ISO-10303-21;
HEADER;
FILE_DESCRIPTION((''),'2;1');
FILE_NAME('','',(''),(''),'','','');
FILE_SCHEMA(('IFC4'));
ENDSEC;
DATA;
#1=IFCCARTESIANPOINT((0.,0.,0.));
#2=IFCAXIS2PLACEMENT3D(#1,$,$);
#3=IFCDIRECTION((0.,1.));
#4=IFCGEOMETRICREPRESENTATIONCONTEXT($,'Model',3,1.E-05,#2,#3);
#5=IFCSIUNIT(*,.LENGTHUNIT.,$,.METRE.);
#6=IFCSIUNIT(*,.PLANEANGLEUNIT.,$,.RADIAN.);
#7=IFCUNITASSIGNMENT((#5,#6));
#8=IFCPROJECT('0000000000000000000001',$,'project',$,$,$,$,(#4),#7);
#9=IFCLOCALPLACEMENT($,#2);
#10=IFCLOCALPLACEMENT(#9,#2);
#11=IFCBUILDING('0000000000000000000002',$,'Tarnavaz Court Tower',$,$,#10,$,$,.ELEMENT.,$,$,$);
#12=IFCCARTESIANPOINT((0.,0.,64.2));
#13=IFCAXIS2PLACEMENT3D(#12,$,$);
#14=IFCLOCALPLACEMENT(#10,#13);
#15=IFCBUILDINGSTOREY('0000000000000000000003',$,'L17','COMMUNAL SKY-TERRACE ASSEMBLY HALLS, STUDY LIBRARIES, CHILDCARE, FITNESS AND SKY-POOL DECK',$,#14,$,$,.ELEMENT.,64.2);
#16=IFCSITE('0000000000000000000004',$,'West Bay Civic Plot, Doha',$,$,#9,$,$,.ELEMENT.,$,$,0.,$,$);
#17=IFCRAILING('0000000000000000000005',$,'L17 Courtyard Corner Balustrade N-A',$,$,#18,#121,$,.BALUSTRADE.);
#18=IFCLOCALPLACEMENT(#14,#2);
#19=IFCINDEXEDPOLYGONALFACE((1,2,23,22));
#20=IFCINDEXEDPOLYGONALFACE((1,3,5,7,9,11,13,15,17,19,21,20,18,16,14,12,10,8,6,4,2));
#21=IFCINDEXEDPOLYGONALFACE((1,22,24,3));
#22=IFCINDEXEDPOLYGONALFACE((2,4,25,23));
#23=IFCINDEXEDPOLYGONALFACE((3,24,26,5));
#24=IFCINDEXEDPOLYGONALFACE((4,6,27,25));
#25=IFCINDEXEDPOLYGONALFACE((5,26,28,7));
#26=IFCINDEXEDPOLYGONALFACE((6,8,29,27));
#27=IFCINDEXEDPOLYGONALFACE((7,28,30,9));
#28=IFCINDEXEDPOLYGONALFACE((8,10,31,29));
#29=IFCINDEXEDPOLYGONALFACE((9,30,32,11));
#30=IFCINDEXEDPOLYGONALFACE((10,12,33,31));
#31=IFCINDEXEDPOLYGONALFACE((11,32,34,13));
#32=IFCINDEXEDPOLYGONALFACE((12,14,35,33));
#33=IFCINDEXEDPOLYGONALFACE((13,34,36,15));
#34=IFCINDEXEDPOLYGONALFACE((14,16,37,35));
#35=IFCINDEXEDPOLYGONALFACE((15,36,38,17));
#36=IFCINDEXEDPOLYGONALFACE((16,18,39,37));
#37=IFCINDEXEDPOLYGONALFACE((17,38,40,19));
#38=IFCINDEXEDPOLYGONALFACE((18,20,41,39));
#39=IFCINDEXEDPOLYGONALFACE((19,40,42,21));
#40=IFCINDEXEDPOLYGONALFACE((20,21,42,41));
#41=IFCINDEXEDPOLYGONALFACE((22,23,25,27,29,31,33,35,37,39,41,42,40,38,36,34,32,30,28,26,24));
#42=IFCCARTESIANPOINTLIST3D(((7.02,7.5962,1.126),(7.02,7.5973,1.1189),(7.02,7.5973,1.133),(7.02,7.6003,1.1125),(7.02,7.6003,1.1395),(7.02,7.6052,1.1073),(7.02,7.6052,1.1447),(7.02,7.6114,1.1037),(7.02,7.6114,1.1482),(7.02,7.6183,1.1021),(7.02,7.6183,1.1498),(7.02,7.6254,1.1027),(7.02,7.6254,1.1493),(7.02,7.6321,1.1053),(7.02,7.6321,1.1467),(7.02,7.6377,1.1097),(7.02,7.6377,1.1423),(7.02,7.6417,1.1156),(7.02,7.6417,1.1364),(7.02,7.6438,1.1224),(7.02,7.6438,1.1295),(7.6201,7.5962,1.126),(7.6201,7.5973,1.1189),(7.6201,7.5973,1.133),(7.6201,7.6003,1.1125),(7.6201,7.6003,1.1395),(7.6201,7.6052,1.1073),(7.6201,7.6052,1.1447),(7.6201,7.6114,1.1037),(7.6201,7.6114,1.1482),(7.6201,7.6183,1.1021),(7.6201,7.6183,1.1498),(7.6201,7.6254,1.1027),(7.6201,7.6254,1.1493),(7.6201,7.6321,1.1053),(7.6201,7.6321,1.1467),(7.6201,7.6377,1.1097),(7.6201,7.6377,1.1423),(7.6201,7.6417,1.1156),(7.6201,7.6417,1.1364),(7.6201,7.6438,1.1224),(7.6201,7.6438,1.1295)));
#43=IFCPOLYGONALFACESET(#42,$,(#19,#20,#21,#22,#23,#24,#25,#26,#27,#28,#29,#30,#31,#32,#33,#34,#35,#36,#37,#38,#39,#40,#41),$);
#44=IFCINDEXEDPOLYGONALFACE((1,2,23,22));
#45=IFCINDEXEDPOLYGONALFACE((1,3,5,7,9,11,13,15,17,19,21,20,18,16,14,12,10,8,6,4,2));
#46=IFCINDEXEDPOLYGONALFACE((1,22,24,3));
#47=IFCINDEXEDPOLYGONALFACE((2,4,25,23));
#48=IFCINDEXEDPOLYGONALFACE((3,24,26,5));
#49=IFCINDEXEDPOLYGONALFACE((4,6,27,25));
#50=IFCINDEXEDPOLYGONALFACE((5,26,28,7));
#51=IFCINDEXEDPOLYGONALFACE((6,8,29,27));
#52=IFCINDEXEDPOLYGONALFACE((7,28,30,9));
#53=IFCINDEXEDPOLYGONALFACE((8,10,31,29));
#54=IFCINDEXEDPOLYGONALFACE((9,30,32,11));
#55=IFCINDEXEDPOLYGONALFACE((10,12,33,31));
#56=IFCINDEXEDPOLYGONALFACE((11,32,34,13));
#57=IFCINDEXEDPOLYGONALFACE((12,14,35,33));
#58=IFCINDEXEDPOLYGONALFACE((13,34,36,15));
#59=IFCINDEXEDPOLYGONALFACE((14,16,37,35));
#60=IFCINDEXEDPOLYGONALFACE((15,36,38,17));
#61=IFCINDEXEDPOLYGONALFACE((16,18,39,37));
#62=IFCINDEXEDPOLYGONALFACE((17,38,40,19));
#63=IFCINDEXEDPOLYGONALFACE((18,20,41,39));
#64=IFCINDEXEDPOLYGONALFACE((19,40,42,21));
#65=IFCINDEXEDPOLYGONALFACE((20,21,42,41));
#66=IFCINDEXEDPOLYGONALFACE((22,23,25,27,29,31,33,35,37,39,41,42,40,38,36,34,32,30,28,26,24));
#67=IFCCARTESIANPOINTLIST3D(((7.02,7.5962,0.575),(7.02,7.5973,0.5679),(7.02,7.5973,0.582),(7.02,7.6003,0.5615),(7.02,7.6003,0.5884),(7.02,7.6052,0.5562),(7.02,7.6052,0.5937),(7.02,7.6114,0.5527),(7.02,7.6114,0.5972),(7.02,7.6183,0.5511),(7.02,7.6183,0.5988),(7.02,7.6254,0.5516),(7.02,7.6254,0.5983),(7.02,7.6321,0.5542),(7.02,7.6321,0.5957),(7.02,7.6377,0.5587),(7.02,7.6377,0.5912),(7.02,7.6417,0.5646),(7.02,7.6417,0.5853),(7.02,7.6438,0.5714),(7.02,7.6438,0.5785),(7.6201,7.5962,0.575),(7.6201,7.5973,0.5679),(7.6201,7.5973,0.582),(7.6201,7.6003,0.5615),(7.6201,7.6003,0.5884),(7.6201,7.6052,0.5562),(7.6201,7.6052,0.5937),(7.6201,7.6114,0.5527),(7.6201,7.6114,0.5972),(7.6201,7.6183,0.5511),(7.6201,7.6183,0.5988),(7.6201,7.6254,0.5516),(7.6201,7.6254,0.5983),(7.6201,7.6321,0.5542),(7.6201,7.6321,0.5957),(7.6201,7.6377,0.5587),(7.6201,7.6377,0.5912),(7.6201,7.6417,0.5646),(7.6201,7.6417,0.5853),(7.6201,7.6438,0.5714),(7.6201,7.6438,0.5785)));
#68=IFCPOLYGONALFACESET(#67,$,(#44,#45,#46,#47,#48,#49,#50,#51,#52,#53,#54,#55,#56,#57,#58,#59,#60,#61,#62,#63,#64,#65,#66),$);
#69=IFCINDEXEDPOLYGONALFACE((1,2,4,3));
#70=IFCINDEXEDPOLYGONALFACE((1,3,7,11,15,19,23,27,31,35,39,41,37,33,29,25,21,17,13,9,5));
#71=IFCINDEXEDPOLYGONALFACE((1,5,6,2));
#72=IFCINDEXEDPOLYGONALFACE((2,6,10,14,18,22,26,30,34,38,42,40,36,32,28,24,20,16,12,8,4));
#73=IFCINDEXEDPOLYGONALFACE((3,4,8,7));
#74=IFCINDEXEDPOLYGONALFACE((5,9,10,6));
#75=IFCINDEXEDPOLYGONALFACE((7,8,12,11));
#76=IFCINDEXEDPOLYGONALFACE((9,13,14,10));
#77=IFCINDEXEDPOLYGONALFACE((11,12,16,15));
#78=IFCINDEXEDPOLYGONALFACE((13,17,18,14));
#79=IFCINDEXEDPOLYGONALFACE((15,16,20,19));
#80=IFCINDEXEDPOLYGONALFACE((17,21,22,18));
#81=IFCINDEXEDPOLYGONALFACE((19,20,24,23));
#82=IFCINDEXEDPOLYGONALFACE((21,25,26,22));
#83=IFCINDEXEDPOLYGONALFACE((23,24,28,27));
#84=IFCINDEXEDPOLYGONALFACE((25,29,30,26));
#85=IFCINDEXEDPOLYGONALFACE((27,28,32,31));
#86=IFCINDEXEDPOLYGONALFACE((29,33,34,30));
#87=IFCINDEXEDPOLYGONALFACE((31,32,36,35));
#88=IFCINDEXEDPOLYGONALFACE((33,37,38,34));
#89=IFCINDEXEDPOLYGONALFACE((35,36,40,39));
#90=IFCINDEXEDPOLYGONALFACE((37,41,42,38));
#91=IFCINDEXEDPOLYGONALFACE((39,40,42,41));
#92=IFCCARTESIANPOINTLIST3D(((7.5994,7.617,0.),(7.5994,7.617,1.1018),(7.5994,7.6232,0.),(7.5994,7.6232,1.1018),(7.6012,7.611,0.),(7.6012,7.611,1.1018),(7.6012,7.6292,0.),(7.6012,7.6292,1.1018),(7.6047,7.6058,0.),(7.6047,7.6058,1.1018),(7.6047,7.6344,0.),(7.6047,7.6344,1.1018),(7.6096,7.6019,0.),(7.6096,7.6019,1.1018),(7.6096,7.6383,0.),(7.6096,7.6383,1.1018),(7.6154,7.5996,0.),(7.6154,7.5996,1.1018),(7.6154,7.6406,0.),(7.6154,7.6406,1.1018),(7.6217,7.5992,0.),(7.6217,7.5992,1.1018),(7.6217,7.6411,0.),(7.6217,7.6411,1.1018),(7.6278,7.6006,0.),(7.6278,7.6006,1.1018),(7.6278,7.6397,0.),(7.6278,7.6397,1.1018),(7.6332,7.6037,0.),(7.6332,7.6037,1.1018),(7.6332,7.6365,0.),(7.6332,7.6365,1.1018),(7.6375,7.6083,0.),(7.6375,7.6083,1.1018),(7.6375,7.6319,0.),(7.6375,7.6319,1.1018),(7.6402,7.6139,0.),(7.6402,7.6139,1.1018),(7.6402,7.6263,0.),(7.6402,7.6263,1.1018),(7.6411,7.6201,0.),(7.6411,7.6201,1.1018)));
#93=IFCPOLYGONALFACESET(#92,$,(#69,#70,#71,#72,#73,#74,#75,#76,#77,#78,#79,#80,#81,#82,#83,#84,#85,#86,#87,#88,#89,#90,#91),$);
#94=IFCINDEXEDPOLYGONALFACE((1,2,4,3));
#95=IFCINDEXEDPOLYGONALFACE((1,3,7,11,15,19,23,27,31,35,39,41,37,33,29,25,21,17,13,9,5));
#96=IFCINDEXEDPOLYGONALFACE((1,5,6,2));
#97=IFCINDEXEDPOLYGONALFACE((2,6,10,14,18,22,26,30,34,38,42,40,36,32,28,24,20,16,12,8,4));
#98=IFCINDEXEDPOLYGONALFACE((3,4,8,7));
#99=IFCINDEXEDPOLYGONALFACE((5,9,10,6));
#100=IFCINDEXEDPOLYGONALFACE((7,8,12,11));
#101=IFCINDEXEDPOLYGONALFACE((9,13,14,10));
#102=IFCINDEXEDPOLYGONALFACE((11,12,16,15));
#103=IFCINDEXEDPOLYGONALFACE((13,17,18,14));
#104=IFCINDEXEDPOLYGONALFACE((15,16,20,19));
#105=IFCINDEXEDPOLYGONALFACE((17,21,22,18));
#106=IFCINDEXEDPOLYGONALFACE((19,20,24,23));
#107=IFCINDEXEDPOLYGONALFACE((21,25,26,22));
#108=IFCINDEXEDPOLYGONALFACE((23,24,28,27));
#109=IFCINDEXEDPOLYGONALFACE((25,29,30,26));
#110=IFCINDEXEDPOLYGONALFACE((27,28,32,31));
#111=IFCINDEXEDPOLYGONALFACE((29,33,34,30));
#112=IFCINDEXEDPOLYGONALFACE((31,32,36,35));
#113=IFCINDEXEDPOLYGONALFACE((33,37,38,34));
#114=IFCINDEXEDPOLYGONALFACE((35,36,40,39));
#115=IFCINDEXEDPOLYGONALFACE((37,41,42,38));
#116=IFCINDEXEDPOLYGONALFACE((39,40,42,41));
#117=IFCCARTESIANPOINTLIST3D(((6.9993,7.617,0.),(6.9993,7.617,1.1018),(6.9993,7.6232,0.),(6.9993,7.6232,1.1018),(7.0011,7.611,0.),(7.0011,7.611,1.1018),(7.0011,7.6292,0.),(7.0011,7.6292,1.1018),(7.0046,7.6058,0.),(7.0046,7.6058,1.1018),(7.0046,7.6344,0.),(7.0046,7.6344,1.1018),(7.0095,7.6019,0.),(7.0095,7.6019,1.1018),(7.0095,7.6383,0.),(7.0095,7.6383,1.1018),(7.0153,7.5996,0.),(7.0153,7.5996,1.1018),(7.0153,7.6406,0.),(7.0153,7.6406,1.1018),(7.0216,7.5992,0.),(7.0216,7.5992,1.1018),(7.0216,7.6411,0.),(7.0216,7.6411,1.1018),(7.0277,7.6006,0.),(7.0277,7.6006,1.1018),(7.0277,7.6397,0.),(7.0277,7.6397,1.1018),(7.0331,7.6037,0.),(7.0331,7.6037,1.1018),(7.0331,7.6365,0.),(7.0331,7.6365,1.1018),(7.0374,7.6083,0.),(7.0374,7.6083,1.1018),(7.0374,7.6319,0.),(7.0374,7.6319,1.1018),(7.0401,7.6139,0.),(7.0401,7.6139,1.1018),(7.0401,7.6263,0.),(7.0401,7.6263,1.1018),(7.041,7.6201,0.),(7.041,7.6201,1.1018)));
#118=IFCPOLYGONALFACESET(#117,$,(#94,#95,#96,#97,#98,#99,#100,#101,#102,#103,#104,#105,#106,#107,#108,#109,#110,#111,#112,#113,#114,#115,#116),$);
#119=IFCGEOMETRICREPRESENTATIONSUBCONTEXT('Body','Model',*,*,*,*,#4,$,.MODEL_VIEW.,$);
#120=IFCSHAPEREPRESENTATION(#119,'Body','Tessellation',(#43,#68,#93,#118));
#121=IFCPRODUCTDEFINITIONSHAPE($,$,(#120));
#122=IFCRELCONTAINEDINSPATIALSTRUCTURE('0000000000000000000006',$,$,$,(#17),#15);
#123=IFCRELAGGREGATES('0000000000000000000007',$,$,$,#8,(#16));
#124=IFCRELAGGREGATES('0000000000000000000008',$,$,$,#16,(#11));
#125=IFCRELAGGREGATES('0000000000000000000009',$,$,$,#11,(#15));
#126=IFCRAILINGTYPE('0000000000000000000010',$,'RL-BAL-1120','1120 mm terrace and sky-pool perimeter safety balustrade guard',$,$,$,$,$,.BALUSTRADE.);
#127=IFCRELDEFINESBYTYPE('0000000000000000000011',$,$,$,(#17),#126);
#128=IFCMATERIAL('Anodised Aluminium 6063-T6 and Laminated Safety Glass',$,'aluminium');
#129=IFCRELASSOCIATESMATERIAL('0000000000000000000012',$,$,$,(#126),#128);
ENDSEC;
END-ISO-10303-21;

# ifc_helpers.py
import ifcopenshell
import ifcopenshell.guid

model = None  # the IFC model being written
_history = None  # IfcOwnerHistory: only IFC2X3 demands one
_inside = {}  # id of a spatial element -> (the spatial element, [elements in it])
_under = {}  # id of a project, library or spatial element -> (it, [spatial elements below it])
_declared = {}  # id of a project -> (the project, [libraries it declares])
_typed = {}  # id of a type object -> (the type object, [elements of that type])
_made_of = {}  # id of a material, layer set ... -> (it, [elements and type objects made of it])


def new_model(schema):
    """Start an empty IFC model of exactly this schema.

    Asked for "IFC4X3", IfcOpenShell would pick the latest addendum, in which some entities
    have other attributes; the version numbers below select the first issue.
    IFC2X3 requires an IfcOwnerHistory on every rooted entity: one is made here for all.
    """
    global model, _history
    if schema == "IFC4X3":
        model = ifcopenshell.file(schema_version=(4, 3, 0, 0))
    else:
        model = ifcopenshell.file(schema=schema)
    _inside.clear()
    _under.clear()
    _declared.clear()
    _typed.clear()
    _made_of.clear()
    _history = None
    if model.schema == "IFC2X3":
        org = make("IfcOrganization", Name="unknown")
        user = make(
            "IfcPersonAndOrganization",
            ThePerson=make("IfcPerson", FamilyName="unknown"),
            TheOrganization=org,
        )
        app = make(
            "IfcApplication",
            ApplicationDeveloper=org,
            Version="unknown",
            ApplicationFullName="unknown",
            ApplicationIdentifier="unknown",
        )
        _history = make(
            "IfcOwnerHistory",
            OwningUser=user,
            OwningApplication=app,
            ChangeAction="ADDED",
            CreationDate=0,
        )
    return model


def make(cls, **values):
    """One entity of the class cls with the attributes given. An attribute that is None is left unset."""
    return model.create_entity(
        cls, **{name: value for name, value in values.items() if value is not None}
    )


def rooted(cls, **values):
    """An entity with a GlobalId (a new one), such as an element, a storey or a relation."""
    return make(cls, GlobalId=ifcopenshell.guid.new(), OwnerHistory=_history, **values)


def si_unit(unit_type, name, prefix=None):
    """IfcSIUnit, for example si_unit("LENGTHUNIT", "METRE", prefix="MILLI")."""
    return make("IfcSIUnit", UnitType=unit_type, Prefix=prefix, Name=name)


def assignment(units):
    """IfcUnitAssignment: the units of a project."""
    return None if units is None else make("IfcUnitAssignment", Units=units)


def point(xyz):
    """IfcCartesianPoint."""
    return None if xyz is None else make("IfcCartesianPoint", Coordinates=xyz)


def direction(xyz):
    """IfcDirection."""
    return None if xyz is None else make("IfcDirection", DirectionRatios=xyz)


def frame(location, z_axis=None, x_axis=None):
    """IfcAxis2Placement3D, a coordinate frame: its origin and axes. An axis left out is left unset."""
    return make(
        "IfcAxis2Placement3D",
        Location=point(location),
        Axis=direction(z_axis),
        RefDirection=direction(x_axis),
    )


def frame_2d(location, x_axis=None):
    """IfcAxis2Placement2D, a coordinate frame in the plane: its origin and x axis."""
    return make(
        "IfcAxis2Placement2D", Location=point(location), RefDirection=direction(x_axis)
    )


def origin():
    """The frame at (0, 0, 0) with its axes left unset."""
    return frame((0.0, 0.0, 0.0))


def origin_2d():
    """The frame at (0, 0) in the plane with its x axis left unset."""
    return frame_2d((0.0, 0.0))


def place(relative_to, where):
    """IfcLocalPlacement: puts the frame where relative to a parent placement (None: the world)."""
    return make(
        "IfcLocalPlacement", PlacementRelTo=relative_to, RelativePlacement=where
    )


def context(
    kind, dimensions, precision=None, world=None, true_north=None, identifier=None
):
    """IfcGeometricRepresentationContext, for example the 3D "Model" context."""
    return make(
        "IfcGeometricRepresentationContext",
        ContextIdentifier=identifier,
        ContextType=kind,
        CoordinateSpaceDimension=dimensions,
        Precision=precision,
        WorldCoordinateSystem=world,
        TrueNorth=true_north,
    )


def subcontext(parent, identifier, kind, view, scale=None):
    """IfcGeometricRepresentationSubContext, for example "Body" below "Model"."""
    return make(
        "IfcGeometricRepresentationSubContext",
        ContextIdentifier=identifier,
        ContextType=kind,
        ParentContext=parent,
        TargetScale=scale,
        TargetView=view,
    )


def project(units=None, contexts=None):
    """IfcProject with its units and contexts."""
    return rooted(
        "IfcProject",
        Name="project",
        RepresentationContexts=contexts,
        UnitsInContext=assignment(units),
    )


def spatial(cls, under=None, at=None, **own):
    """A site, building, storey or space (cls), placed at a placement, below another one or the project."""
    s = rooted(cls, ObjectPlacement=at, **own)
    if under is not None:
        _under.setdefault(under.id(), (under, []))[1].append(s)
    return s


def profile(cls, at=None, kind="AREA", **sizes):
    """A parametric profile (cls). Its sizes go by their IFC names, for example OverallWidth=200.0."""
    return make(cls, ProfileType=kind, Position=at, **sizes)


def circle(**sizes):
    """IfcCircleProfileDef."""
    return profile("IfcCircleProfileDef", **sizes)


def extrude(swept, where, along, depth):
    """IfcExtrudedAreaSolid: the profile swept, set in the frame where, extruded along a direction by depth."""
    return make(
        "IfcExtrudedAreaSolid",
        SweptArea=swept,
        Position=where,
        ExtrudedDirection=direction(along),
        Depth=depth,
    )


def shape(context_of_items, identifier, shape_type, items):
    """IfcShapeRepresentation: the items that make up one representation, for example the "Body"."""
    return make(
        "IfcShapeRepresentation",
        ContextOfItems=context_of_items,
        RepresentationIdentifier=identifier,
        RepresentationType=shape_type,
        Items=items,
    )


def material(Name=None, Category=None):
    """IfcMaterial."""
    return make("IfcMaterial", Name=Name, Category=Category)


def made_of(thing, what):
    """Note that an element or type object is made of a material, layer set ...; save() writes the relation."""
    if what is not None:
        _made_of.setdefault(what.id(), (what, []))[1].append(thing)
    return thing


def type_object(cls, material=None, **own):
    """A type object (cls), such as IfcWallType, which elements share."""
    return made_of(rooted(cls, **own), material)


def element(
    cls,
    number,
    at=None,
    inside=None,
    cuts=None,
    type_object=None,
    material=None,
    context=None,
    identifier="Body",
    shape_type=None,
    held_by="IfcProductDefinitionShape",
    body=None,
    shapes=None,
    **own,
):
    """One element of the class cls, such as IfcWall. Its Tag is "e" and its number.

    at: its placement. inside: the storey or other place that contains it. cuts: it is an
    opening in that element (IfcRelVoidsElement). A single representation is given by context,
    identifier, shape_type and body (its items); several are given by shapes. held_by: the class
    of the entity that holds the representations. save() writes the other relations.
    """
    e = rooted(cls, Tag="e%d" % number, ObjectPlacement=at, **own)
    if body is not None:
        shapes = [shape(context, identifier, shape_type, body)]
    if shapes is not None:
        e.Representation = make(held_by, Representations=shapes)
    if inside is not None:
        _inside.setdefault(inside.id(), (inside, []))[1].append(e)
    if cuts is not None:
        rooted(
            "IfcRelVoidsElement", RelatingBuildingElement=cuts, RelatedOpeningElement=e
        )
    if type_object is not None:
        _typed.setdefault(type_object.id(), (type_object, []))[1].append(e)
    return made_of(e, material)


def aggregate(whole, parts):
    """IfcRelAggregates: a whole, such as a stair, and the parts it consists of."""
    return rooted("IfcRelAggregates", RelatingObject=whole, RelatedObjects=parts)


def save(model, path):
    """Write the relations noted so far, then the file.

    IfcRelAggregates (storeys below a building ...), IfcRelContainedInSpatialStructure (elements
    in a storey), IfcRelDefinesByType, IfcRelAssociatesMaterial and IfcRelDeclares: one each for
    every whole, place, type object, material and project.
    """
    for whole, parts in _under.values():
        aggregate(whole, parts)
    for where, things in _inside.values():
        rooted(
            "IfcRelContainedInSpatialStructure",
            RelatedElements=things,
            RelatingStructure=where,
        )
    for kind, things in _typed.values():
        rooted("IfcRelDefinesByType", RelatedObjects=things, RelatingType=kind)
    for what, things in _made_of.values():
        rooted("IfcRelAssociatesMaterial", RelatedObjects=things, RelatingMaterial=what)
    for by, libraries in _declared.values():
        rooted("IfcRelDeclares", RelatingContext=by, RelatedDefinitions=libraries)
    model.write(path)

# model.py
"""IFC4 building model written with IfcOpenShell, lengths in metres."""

from ifc_helpers import new_model, si_unit, direction, frame, origin, origin_2d, place, context, subcontext, project, spatial, circle, extrude, material, type_object, element, save


model = new_model("IFC4")

# Units and contexts
model_context = context("Model", 3, precision=1e-05, world=origin(), true_north=direction((0.0, 1.0)))
body_context = subcontext(model_context, "Body", "Model", "MODEL_VIEW")
ifc_project = project(units=[si_unit("LENGTHUNIT", "METRE"), si_unit("PLANEANGLEUNIT", "RADIAN")], contexts=[model_context])

# Site, building, storey
site_placement = place(None, origin())
site = spatial("IfcSite", under=ifc_project, at=site_placement, Name="West Bay Civic Plot, Doha", CompositionType="ELEMENT", RefElevation=0.0)
building_placement = place(site_placement, origin())
building = spatial("IfcBuilding", under=site, at=building_placement, Name="Tarnavaz Court Tower", CompositionType="ELEMENT")
storey_placement = place(building_placement, frame((0.0, 0.0, 64.2)))
storey = spatial("IfcBuildingStorey", under=building, at=storey_placement, Name="L17", Description="COMMUNAL SKY-TERRACE ASSEMBLY HALLS, STUDY LIBRARIES, CHILDCARE, FITNESS AND SKY-POOL DECK", CompositionType="ELEMENT", Elevation=64.2)

# Railing
ifc_material_1 = material(Name="Anodised Aluminium 6063-T6 and Laminated Safety Glass", Category="aluminium")
railing_type_1 = type_object("IfcRailingType", Name="RL-BAL-1120", Description="1120 mm terrace and sky-pool perimeter safety balustrade guard", PredefinedType="BALUSTRADE", material=ifc_material_1)
railing_1_placement = place(storey_placement, frame((7.6201, 7.6201, 0.0)))
element("IfcRailing", 1, at=railing_1_placement, inside=storey, type_object=railing_type_1, Name="L17 Courtyard Corner Balustrade N-A", PredefinedType="BALUSTRADE", context=body_context, shape_type="SweptSolid", body=[
    extrude(circle(Radius=0.0239, at=origin_2d()), frame((0.0, 0.0, 1.126), z_axis=(-1.0, 0.0, 0.0), x_axis=(0.0, -1.0, 0.0)), (0.0, 0.0, 1.0), 0.6001),
    extrude(circle(Radius=0.0239, at=origin_2d()), frame((0.0, 0.0, 0.575), z_axis=(-1.0, 0.0, 0.0), x_axis=(0.0, -1.0, 0.0)), (0.0, 0.0, 1.0), 0.6001),
    extrude(circle(Radius=0.021, at=origin_2d()), origin(), (0.0, 0.0, 1.0), 1.1018),
    extrude(circle(Radius=0.021, at=origin_2d()), frame((-0.6001, 0.0, 0.0)), (0.0, 0.0, 1.0), 1.1018),
])

save(model, "model.ifc")
